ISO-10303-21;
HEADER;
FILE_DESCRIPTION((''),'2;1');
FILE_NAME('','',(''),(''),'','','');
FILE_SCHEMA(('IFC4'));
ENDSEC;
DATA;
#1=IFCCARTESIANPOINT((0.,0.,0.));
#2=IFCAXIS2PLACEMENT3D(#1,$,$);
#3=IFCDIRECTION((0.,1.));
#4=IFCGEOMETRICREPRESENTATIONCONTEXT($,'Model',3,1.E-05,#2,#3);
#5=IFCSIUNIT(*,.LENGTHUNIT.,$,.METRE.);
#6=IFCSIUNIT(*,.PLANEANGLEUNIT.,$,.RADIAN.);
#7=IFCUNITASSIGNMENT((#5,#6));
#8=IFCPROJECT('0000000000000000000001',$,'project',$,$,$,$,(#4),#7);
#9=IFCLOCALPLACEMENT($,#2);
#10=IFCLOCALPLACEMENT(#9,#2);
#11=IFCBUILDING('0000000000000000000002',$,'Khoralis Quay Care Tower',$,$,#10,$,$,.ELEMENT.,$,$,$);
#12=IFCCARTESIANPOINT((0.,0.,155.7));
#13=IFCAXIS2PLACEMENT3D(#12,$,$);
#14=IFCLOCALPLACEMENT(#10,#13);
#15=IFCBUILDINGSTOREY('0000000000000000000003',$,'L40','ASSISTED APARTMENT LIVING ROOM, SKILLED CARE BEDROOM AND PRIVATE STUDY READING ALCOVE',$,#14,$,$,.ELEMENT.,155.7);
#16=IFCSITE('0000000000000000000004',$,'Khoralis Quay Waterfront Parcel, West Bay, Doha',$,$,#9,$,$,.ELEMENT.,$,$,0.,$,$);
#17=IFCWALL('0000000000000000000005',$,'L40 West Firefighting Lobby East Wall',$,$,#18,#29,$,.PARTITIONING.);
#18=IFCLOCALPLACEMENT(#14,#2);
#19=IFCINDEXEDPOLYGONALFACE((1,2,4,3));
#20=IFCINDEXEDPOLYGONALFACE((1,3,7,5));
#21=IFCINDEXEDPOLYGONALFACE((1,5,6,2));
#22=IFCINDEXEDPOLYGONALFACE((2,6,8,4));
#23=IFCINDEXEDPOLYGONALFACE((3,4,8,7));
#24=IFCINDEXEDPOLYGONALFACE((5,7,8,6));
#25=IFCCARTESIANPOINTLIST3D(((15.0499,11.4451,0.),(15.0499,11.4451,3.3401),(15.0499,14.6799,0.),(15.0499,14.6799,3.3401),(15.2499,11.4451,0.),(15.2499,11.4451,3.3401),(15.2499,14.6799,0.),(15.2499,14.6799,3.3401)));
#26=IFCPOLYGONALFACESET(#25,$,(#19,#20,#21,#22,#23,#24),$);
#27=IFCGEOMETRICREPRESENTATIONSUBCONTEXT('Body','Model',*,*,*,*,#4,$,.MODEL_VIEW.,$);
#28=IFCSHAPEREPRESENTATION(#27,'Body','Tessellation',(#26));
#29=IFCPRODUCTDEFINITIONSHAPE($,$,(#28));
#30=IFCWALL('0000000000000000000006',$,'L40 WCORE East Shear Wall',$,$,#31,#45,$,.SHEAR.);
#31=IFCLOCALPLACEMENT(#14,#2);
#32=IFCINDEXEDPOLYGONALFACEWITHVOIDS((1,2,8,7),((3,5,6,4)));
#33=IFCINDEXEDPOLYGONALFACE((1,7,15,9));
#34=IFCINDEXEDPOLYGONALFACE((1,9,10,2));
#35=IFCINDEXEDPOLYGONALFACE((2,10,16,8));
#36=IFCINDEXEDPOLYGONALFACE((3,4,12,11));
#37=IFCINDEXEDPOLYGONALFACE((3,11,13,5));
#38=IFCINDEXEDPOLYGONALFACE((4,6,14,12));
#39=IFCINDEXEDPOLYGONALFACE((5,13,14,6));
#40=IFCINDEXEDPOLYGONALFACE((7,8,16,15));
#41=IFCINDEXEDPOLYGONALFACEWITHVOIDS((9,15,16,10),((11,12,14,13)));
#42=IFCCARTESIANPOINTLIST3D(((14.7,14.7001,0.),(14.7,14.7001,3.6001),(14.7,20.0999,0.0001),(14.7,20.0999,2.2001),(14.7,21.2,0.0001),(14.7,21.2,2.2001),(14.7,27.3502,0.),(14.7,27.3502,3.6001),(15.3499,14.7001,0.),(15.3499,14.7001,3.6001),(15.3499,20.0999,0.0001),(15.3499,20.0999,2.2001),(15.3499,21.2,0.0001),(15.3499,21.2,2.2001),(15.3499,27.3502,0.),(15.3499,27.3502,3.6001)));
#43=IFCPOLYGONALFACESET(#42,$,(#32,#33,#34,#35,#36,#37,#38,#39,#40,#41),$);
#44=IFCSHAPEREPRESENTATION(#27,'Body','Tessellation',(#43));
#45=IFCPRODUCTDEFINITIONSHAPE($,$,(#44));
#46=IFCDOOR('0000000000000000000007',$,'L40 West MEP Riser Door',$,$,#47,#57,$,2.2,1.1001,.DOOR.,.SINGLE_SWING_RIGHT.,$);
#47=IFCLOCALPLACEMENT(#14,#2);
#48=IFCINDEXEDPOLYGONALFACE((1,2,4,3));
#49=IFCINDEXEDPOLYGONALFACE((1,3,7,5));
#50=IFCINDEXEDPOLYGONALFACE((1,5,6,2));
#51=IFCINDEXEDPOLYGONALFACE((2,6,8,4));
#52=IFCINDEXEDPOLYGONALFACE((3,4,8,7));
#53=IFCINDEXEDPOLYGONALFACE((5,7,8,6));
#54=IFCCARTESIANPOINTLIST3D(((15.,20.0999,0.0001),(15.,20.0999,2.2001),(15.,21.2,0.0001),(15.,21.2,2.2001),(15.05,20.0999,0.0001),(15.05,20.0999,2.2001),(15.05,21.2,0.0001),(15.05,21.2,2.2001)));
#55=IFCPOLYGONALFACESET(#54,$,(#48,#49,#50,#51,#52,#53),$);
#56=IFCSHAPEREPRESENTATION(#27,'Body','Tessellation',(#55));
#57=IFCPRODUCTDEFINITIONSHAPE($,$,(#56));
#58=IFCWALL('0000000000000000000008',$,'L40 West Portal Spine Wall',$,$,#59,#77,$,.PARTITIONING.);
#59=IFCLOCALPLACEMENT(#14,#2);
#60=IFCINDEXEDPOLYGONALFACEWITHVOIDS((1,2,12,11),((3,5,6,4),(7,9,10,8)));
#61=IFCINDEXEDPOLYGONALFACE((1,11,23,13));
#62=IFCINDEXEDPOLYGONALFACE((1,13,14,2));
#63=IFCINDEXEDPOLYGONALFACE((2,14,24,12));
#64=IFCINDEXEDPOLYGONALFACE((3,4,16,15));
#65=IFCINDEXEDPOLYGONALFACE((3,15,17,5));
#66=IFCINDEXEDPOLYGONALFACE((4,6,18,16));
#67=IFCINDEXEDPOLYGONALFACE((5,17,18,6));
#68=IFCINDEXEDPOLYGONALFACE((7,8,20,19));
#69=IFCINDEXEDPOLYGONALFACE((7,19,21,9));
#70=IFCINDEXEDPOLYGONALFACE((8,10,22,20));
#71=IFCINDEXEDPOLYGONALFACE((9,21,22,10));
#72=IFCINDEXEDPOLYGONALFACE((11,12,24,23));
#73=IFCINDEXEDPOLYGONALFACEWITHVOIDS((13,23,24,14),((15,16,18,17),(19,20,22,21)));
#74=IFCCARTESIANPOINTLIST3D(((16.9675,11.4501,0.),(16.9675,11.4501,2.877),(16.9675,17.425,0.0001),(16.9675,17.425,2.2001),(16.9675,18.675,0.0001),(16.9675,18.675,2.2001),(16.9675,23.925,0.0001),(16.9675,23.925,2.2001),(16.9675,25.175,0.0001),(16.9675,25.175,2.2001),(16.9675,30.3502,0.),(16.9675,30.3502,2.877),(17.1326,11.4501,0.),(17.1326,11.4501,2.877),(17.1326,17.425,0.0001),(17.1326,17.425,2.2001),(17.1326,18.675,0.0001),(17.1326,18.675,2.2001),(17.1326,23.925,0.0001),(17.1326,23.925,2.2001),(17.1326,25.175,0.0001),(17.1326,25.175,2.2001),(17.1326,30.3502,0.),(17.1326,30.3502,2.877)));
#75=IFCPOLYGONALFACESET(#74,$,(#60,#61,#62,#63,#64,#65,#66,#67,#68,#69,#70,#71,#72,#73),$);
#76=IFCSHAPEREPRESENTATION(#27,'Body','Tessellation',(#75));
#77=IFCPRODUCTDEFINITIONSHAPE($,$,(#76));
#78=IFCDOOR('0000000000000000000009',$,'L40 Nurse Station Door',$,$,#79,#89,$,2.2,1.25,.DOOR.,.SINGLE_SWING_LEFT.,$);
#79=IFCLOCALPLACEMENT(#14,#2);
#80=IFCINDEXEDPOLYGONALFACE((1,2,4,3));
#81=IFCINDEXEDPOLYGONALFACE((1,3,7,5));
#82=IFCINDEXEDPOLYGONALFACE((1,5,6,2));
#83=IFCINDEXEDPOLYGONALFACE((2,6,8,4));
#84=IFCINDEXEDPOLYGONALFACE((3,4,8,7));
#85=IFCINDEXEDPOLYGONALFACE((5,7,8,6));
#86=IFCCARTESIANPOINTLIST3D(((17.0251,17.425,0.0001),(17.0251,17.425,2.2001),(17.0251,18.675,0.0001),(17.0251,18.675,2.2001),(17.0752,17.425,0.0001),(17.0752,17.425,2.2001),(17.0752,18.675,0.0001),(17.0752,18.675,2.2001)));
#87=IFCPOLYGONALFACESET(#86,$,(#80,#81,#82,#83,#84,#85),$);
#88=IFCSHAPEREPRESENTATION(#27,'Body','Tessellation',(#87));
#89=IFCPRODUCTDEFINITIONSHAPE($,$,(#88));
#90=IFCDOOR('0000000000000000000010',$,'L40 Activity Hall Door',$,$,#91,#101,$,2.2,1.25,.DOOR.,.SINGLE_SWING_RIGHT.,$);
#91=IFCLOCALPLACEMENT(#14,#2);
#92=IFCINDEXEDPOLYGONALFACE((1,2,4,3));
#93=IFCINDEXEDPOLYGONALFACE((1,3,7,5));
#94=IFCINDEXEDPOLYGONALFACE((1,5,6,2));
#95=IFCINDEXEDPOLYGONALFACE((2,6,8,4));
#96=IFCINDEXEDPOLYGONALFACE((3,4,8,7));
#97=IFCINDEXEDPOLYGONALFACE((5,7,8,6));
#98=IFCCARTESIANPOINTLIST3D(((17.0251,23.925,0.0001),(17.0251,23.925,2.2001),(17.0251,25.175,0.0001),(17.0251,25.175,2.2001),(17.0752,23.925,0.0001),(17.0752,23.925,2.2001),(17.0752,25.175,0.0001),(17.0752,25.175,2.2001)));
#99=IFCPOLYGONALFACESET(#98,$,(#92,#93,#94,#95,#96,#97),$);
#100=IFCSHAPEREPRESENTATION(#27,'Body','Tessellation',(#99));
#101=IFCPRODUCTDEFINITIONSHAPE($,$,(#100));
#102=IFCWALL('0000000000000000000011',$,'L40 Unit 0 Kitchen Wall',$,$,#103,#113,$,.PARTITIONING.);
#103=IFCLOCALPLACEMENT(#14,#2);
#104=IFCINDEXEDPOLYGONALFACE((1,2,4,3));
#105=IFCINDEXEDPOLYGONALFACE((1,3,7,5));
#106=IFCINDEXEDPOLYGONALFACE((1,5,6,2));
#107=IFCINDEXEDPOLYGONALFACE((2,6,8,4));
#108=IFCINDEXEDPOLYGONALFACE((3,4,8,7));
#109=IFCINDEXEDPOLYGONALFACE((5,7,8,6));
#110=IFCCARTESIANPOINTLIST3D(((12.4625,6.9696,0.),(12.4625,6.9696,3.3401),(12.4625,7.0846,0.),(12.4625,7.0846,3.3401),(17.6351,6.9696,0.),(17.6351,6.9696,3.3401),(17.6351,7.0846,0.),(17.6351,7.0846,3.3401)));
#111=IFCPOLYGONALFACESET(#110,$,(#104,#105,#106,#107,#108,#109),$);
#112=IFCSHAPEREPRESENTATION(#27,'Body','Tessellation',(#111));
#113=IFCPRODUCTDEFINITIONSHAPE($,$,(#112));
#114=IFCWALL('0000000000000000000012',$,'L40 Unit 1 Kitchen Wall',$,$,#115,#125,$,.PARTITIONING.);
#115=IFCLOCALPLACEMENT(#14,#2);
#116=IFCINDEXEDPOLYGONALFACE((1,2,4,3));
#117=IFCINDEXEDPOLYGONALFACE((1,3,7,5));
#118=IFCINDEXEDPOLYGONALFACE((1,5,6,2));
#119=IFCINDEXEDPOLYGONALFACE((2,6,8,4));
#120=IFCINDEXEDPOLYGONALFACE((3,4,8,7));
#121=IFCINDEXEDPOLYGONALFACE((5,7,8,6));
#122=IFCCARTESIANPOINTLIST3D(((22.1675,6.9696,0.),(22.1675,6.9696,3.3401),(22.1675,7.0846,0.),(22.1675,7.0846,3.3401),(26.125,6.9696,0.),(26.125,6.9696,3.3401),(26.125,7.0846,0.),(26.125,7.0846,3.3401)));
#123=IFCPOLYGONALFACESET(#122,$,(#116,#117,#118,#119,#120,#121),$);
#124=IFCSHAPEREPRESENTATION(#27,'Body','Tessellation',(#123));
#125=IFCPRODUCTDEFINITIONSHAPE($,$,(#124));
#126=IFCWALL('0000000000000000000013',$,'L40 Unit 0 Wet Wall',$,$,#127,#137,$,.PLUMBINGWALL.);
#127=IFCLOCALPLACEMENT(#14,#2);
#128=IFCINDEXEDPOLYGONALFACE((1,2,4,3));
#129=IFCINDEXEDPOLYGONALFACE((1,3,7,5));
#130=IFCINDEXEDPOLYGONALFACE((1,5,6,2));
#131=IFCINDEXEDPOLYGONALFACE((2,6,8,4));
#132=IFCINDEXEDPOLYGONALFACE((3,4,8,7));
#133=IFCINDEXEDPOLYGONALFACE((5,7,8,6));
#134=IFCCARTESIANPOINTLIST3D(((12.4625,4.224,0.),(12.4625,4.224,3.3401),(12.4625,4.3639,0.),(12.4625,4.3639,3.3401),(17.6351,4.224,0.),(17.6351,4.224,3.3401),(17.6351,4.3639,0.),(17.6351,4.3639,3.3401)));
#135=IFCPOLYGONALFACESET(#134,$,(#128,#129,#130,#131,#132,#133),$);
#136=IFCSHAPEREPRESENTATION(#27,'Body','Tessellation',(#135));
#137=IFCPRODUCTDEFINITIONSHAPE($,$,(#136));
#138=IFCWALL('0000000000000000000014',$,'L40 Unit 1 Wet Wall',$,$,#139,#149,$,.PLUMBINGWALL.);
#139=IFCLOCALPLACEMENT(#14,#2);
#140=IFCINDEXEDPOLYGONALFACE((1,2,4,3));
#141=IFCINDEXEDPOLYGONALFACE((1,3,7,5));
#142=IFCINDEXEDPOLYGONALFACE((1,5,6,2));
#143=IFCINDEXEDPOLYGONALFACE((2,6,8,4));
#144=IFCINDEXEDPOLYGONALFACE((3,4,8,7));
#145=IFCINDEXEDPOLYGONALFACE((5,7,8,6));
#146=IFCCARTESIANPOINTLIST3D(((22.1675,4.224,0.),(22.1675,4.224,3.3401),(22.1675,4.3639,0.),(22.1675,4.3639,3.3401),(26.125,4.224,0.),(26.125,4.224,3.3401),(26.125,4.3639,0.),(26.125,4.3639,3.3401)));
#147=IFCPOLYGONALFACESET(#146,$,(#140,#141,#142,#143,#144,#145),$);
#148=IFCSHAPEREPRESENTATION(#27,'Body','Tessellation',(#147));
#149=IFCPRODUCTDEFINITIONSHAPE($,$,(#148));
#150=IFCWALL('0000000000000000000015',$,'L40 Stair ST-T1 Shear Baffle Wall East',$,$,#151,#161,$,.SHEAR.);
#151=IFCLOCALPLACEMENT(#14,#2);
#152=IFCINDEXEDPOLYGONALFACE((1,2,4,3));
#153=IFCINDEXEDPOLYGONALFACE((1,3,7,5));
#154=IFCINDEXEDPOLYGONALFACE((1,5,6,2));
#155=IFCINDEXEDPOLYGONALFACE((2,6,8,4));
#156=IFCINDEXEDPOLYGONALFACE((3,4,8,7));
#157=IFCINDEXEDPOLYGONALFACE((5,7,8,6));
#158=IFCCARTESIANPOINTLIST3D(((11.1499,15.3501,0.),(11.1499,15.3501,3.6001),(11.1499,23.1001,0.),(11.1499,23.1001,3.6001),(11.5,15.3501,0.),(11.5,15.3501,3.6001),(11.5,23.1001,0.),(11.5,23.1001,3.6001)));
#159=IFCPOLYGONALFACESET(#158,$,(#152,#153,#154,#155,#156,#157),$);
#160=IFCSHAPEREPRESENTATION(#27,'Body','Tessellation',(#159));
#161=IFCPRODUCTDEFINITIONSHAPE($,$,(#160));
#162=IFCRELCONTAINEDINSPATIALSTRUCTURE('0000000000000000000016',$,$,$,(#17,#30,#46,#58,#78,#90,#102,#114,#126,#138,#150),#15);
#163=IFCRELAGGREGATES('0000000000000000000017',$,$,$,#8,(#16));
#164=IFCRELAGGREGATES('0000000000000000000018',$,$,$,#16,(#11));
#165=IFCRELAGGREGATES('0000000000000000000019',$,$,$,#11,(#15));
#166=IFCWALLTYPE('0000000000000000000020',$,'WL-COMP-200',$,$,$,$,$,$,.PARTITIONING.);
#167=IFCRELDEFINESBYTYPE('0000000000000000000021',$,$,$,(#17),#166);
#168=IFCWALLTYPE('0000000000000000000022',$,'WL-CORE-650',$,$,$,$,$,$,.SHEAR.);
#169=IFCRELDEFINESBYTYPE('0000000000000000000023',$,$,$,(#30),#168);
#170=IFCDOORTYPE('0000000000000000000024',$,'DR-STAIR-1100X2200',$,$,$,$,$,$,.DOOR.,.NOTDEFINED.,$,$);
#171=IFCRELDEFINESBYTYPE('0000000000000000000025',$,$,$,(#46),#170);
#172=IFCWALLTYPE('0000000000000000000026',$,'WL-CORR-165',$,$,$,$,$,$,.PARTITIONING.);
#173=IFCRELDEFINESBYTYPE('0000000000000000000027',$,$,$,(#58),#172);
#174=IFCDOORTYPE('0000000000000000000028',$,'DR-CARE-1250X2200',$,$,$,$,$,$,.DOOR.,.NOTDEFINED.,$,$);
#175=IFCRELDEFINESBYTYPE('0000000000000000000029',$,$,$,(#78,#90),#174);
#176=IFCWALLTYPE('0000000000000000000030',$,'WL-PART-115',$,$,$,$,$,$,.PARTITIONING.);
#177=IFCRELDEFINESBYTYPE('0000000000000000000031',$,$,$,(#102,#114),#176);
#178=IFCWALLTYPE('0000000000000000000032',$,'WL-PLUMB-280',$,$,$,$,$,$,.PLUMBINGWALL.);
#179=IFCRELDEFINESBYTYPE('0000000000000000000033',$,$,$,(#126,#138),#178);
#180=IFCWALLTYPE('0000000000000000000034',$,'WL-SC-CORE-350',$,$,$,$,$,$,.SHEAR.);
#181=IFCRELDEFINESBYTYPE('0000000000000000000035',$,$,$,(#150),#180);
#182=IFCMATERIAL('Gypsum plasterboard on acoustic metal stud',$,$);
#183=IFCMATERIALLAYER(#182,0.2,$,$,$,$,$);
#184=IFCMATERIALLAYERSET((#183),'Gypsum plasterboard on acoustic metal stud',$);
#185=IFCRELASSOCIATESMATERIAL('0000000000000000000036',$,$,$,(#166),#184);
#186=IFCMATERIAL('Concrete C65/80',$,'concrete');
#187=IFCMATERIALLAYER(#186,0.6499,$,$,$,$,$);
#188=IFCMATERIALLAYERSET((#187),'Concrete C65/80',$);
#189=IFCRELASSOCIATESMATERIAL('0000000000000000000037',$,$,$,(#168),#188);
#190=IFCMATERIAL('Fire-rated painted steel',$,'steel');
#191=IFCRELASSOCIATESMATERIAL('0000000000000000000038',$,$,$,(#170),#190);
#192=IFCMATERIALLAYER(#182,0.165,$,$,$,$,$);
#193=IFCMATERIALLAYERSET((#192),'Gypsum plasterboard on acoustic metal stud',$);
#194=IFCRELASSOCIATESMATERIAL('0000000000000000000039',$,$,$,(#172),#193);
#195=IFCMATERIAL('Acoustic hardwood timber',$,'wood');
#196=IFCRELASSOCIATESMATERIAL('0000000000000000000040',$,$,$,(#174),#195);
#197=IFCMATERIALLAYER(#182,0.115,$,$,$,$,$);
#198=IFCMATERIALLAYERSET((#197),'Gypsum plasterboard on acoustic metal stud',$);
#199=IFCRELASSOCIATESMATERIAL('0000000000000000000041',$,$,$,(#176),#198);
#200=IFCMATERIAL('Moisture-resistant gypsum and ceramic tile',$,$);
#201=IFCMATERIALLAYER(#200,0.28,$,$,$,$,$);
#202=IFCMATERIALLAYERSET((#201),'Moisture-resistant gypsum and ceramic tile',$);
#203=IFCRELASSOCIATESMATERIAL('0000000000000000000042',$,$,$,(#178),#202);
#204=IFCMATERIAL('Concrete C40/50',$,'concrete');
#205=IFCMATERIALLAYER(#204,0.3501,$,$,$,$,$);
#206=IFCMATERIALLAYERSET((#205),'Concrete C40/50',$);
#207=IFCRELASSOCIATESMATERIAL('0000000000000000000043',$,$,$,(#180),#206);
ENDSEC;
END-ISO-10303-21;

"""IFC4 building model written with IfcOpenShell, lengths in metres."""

from ifc_helpers import new_model, si_unit, direction, frame, frame_2d, origin, place, context, subcontext, project, spatial, rectangle, extrude, source, transform, mapped, material, layer, layer_set, type_object, element, fill, save


model = new_model("IFC4")

# Units and contexts
model_context = context("Model", 3, precision=1e-05, world=origin(), true_north=direction((0.0, 1.0)))
body_context = subcontext(model_context, "Body", "Model", "MODEL_VIEW")
ifc_project = project(units=[si_unit("LENGTHUNIT", "METRE"), si_unit("PLANEANGLEUNIT", "RADIAN")], contexts=[model_context])

# Site, building, storey
site_placement = place(None, origin())
site = spatial("IfcSite", under=ifc_project, at=site_placement, Name="Khoralis Quay Waterfront Parcel, West Bay, Doha", CompositionType="ELEMENT", RefElevation=0.0)
building_placement = place(site_placement, origin())
building = spatial("IfcBuilding", under=site, at=building_placement, Name="Khoralis Quay Care Tower", CompositionType="ELEMENT")
storey_placement = place(building_placement, frame((0.0, 0.0, 155.7)))
storey = spatial("IfcBuildingStorey", under=building, at=storey_placement, Name="L40", Description="ASSISTED APARTMENT LIVING ROOM, SKILLED CARE BEDROOM AND PRIVATE STUDY READING ALCOVE", CompositionType="ELEMENT", Elevation=155.7)

# Shared definitions
ifc_material_1 = material(Name="Concrete C65/80", Category="concrete")

# Wall
ifc_material_2 = material(Name="Gypsum plasterboard on acoustic metal stud")
ifc_layer_1 = layer(ifc_material_2, 0.2)
ifc_layer_set_1 = layer_set([ifc_layer_1], Name="Gypsum plasterboard on acoustic metal stud")
wall_type_1 = type_object("IfcWallType", Name="WL-COMP-200", PredefinedType="PARTITIONING", material=ifc_layer_set_1)
wall_1_placement = place(storey_placement, frame((15.1499, 11.4451, 0.0), z_axis=(0.0, 0.0, 1.0), x_axis=(0.0, 1.0, 0.0)))
element("IfcWall", 1, at=wall_1_placement, inside=storey, type_object=wall_type_1, Name="L40 West Firefighting Lobby East Wall", PredefinedType="PARTITIONING", context=body_context, shape_type="SweptSolid", body=[
    extrude(rectangle(XDim=3.2349, YDim=0.2, at=frame_2d((1.6174, 0.0))), origin(), (0.0, 0.0, 1.0), 3.3401),
])

# Wall, opening, door
ifc_layer_2 = layer(ifc_material_1, 0.6499)
ifc_layer_set_2 = layer_set([ifc_layer_2], Name="Concrete C65/80")
wall_type_2 = type_object("IfcWallType", Name="WL-CORE-650", PredefinedType="SHEAR", material=ifc_layer_set_2)
wall_2_placement = place(storey_placement, frame((15.0249, 14.7, 0.0), z_axis=(0.0, 0.0, 1.0), x_axis=(0.0, 1.0, 0.0)))
wall_2 = element("IfcWall", 2, at=wall_2_placement, inside=storey, type_object=wall_type_2, Name="L40 WCORE East Shear Wall", PredefinedType="SHEAR", context=body_context, shape_type="SweptSolid", body=[
    extrude(rectangle(XDim=12.6501, YDim=0.6499, at=frame_2d((6.3252, 0.0))), origin(), (0.0, 0.0, 1.0), 3.6001),
])
opening_1_placement = place(wall_2_placement, frame((5.3999, 0.0, 0.0)))
opening_1 = element("IfcOpeningElement", 3, at=opening_1_placement, cuts=wall_2, PredefinedType="OPENING", context=body_context, shape_type="SweptSolid", body=[
    extrude(rectangle(XDim=1.1001, YDim=2.2, at=frame_2d((0.55, 1.1001))), frame((0.0, 0.335, 0.0), z_axis=(0.0, -1.0, 0.0), x_axis=(1.0, 0.0, 0.0)), (0.0, 0.0, 1.0), 0.6699),
])
ifc_material_3 = material(Name="Fire-rated painted steel", Category="steel")
door_type_1 = type_object("IfcDoorType", Name="DR-STAIR-1100X2200", OperationType="NOTDEFINED", PredefinedType="DOOR", material=ifc_material_3)
shared_shape_1 = source(origin(), body_context, "Body", "SweptSolid", [
    extrude(rectangle(XDim=1.1001, YDim=2.2, at=frame_2d((0.55, 1.1001))), frame((0.0, 0.0249, 0.0), z_axis=(0.0, -1.0, 0.0), x_axis=(1.0, 0.0, 0.0)), (0.0, 0.0, 1.0), 0.05),
])
door_1_placement = place(opening_1_placement, origin())
door_1 = element("IfcDoor", 4, at=door_1_placement, inside=storey, type_object=door_type_1, Name="L40 West MEP Riser Door", OperationType="SINGLE_SWING_RIGHT", OverallHeight=2.2, OverallWidth=1.1001, PredefinedType="DOOR", context=body_context, shape_type="MappedRepresentation", body=[
    mapped(shared_shape_1, transform((0.0, 0.0, 0.0), scale=1.0)),
])
fill(opening_1, door_1)

# Wall, openings, doors
ifc_layer_3 = layer(ifc_material_2, 0.165)
ifc_layer_set_3 = layer_set([ifc_layer_3], Name="Gypsum plasterboard on acoustic metal stud")
wall_type_3 = type_object("IfcWallType", Name="WL-CORR-165", PredefinedType="PARTITIONING", material=ifc_layer_set_3)
wall_3_placement = place(storey_placement, frame((17.05, 11.45, 0.0), z_axis=(0.0, 0.0, 1.0), x_axis=(0.0, 1.0, 0.0)))
wall_3 = element("IfcWall", 5, at=wall_3_placement, inside=storey, type_object=wall_type_3, Name="L40 West Portal Spine Wall", PredefinedType="PARTITIONING", context=body_context, shape_type="SweptSolid", body=[
    extrude(rectangle(XDim=18.9001, YDim=0.165, at=frame_2d((9.4502, 0.0))), origin(), (0.0, 0.0, 1.0), 2.877),
])
opening_2_placement = place(wall_3_placement, frame((5.9751, 0.0, 0.0)))
opening_2 = element("IfcOpeningElement", 6, at=opening_2_placement, cuts=wall_3, PredefinedType="OPENING", context=body_context, shape_type="SweptSolid", body=[
    extrude(rectangle(XDim=1.25, YDim=2.2, at=frame_2d((0.625, 1.1001))), frame((0.0, 0.0925, 0.0), z_axis=(0.0, -1.0, 0.0), x_axis=(1.0, 0.0, 0.0)), (0.0, 0.0, 1.0), 0.1851),
])
opening_3_placement = place(wall_3_placement, frame((12.4751, 0.0, 0.0)))
opening_3 = element("IfcOpeningElement", 7, at=opening_3_placement, cuts=wall_3, PredefinedType="OPENING", context=body_context, shape_type="SweptSolid", body=[
    extrude(rectangle(XDim=1.25, YDim=2.2, at=frame_2d((0.625, 1.1001))), frame((0.0, 0.0925, 0.0), z_axis=(0.0, -1.0, 0.0), x_axis=(1.0, 0.0, 0.0)), (0.0, 0.0, 1.0), 0.1851),
])
ifc_material_4 = material(Name="Acoustic hardwood timber", Category="wood")
door_type_2 = type_object("IfcDoorType", Name="DR-CARE-1250X2200", OperationType="NOTDEFINED", PredefinedType="DOOR", material=ifc_material_4)
shared_shape_2 = source(origin(), body_context, "Body", "SweptSolid", [
    extrude(rectangle(XDim=1.25, YDim=2.2, at=frame_2d((0.625, 1.1001))), frame((0.0, 0.0249, 0.0), z_axis=(0.0, -1.0, 0.0), x_axis=(1.0, 0.0, 0.0)), (0.0, 0.0, 1.0), 0.05),
])
door_2_placement = place(opening_2_placement, origin())
door_2 = element("IfcDoor", 8, at=door_2_placement, inside=storey, type_object=door_type_2, Name="L40 Nurse Station Door", OperationType="SINGLE_SWING_LEFT", OverallHeight=2.2, OverallWidth=1.25, PredefinedType="DOOR", context=body_context, shape_type="MappedRepresentation", body=[
    mapped(shared_shape_2, transform((0.0, 0.0, 0.0), scale=1.0)),
])
fill(opening_2, door_2)
door_3_placement = place(opening_3_placement, origin())
door_3 = element("IfcDoor", 9, at=door_3_placement, inside=storey, type_object=door_type_2, Name="L40 Activity Hall Door", OperationType="SINGLE_SWING_RIGHT", OverallHeight=2.2, OverallWidth=1.25, PredefinedType="DOOR", context=body_context, shape_type="MappedRepresentation", body=[
    mapped(shared_shape_2, transform((0.0, 0.0, 0.0), scale=1.0)),
])
fill(opening_3, door_3)

# Walls
ifc_layer_4 = layer(ifc_material_2, 0.115)
ifc_layer_set_4 = layer_set([ifc_layer_4], Name="Gypsum plasterboard on acoustic metal stud")
wall_type_4 = type_object("IfcWallType", Name="WL-PART-115", PredefinedType="PARTITIONING", material=ifc_layer_set_4)
wall_4_placement = place(storey_placement, frame((12.4624, 7.0271, 0.0), z_axis=(0.0, 0.0, 1.0), x_axis=(1.0, 0.0, 0.0)))
element("IfcWall", 10, at=wall_4_placement, inside=storey, type_object=wall_type_4, Name="L40 Unit 0 Kitchen Wall", PredefinedType="PARTITIONING", context=body_context, shape_type="SweptSolid", body=[
    extrude(rectangle(XDim=5.1726, YDim=0.115, at=frame_2d((2.5864, 0.0))), origin(), (0.0, 0.0, 1.0), 3.3401),
])
wall_5_placement = place(storey_placement, frame((22.1675, 7.0271, 0.0), z_axis=(0.0, 0.0, 1.0), x_axis=(1.0, 0.0, 0.0)))
element("IfcWall", 11, at=wall_5_placement, inside=storey, type_object=wall_type_4, Name="L40 Unit 1 Kitchen Wall", PredefinedType="PARTITIONING", context=body_context, shape_type="SweptSolid", body=[
    extrude(rectangle(XDim=3.9575, YDim=0.115, at=frame_2d((1.9788, 0.0))), origin(), (0.0, 0.0, 1.0), 3.3401),
])
ifc_material_5 = material(Name="Moisture-resistant gypsum and ceramic tile")
ifc_layer_5 = layer(ifc_material_5, 0.28)
ifc_layer_set_5 = layer_set([ifc_layer_5], Name="Moisture-resistant gypsum and ceramic tile")
wall_type_5 = type_object("IfcWallType", Name="WL-PLUMB-280", PredefinedType="PLUMBINGWALL", material=ifc_layer_set_5)
wall_6_placement = place(storey_placement, frame((12.4624, 4.2939, 0.0), z_axis=(0.0, 0.0, 1.0), x_axis=(1.0, 0.0, 0.0)))
element("IfcWall", 12, at=wall_6_placement, inside=storey, type_object=wall_type_5, Name="L40 Unit 0 Wet Wall", PredefinedType="PLUMBINGWALL", context=body_context, shape_type="SweptSolid", body=[
    extrude(rectangle(XDim=5.1726, YDim=0.1399, at=frame_2d((2.5864, 0.0))), origin(), (0.0, 0.0, 1.0), 3.3401),
])
wall_7_placement = place(storey_placement, frame((22.1675, 4.2939, 0.0), z_axis=(0.0, 0.0, 1.0), x_axis=(1.0, 0.0, 0.0)))
element("IfcWall", 13, at=wall_7_placement, inside=storey, type_object=wall_type_5, Name="L40 Unit 1 Wet Wall", PredefinedType="PLUMBINGWALL", context=body_context, shape_type="SweptSolid", body=[
    extrude(rectangle(XDim=3.9575, YDim=0.1399, at=frame_2d((1.9788, 0.0))), origin(), (0.0, 0.0, 1.0), 3.3401),
])
ifc_material_6 = material(Name="Concrete C40/50", Category="concrete")
ifc_layer_6 = layer(ifc_material_6, 0.3501)
ifc_layer_set_6 = layer_set([ifc_layer_6], Name="Concrete C40/50")
wall_type_6 = type_object("IfcWallType", Name="WL-SC-CORE-350", PredefinedType="SHEAR", material=ifc_layer_set_6)
wall_8_placement = place(storey_placement, frame((11.325, 15.3501, 0.0), z_axis=(0.0, 0.0, 1.0), x_axis=(0.0, 1.0, 0.0)))
element("IfcWall", 14, at=wall_8_placement, inside=storey, type_object=wall_type_6, Name="L40 Stair ST-T1 Shear Baffle Wall East", PredefinedType="SHEAR", context=body_context, shape_type="SweptSolid", body=[
    extrude(rectangle(XDim=7.75, YDim=0.3501, at=frame_2d((3.875, 0.0))), origin(), (0.0, 0.0, 1.0), 3.6001),
])

save(model, "model.ifc")
